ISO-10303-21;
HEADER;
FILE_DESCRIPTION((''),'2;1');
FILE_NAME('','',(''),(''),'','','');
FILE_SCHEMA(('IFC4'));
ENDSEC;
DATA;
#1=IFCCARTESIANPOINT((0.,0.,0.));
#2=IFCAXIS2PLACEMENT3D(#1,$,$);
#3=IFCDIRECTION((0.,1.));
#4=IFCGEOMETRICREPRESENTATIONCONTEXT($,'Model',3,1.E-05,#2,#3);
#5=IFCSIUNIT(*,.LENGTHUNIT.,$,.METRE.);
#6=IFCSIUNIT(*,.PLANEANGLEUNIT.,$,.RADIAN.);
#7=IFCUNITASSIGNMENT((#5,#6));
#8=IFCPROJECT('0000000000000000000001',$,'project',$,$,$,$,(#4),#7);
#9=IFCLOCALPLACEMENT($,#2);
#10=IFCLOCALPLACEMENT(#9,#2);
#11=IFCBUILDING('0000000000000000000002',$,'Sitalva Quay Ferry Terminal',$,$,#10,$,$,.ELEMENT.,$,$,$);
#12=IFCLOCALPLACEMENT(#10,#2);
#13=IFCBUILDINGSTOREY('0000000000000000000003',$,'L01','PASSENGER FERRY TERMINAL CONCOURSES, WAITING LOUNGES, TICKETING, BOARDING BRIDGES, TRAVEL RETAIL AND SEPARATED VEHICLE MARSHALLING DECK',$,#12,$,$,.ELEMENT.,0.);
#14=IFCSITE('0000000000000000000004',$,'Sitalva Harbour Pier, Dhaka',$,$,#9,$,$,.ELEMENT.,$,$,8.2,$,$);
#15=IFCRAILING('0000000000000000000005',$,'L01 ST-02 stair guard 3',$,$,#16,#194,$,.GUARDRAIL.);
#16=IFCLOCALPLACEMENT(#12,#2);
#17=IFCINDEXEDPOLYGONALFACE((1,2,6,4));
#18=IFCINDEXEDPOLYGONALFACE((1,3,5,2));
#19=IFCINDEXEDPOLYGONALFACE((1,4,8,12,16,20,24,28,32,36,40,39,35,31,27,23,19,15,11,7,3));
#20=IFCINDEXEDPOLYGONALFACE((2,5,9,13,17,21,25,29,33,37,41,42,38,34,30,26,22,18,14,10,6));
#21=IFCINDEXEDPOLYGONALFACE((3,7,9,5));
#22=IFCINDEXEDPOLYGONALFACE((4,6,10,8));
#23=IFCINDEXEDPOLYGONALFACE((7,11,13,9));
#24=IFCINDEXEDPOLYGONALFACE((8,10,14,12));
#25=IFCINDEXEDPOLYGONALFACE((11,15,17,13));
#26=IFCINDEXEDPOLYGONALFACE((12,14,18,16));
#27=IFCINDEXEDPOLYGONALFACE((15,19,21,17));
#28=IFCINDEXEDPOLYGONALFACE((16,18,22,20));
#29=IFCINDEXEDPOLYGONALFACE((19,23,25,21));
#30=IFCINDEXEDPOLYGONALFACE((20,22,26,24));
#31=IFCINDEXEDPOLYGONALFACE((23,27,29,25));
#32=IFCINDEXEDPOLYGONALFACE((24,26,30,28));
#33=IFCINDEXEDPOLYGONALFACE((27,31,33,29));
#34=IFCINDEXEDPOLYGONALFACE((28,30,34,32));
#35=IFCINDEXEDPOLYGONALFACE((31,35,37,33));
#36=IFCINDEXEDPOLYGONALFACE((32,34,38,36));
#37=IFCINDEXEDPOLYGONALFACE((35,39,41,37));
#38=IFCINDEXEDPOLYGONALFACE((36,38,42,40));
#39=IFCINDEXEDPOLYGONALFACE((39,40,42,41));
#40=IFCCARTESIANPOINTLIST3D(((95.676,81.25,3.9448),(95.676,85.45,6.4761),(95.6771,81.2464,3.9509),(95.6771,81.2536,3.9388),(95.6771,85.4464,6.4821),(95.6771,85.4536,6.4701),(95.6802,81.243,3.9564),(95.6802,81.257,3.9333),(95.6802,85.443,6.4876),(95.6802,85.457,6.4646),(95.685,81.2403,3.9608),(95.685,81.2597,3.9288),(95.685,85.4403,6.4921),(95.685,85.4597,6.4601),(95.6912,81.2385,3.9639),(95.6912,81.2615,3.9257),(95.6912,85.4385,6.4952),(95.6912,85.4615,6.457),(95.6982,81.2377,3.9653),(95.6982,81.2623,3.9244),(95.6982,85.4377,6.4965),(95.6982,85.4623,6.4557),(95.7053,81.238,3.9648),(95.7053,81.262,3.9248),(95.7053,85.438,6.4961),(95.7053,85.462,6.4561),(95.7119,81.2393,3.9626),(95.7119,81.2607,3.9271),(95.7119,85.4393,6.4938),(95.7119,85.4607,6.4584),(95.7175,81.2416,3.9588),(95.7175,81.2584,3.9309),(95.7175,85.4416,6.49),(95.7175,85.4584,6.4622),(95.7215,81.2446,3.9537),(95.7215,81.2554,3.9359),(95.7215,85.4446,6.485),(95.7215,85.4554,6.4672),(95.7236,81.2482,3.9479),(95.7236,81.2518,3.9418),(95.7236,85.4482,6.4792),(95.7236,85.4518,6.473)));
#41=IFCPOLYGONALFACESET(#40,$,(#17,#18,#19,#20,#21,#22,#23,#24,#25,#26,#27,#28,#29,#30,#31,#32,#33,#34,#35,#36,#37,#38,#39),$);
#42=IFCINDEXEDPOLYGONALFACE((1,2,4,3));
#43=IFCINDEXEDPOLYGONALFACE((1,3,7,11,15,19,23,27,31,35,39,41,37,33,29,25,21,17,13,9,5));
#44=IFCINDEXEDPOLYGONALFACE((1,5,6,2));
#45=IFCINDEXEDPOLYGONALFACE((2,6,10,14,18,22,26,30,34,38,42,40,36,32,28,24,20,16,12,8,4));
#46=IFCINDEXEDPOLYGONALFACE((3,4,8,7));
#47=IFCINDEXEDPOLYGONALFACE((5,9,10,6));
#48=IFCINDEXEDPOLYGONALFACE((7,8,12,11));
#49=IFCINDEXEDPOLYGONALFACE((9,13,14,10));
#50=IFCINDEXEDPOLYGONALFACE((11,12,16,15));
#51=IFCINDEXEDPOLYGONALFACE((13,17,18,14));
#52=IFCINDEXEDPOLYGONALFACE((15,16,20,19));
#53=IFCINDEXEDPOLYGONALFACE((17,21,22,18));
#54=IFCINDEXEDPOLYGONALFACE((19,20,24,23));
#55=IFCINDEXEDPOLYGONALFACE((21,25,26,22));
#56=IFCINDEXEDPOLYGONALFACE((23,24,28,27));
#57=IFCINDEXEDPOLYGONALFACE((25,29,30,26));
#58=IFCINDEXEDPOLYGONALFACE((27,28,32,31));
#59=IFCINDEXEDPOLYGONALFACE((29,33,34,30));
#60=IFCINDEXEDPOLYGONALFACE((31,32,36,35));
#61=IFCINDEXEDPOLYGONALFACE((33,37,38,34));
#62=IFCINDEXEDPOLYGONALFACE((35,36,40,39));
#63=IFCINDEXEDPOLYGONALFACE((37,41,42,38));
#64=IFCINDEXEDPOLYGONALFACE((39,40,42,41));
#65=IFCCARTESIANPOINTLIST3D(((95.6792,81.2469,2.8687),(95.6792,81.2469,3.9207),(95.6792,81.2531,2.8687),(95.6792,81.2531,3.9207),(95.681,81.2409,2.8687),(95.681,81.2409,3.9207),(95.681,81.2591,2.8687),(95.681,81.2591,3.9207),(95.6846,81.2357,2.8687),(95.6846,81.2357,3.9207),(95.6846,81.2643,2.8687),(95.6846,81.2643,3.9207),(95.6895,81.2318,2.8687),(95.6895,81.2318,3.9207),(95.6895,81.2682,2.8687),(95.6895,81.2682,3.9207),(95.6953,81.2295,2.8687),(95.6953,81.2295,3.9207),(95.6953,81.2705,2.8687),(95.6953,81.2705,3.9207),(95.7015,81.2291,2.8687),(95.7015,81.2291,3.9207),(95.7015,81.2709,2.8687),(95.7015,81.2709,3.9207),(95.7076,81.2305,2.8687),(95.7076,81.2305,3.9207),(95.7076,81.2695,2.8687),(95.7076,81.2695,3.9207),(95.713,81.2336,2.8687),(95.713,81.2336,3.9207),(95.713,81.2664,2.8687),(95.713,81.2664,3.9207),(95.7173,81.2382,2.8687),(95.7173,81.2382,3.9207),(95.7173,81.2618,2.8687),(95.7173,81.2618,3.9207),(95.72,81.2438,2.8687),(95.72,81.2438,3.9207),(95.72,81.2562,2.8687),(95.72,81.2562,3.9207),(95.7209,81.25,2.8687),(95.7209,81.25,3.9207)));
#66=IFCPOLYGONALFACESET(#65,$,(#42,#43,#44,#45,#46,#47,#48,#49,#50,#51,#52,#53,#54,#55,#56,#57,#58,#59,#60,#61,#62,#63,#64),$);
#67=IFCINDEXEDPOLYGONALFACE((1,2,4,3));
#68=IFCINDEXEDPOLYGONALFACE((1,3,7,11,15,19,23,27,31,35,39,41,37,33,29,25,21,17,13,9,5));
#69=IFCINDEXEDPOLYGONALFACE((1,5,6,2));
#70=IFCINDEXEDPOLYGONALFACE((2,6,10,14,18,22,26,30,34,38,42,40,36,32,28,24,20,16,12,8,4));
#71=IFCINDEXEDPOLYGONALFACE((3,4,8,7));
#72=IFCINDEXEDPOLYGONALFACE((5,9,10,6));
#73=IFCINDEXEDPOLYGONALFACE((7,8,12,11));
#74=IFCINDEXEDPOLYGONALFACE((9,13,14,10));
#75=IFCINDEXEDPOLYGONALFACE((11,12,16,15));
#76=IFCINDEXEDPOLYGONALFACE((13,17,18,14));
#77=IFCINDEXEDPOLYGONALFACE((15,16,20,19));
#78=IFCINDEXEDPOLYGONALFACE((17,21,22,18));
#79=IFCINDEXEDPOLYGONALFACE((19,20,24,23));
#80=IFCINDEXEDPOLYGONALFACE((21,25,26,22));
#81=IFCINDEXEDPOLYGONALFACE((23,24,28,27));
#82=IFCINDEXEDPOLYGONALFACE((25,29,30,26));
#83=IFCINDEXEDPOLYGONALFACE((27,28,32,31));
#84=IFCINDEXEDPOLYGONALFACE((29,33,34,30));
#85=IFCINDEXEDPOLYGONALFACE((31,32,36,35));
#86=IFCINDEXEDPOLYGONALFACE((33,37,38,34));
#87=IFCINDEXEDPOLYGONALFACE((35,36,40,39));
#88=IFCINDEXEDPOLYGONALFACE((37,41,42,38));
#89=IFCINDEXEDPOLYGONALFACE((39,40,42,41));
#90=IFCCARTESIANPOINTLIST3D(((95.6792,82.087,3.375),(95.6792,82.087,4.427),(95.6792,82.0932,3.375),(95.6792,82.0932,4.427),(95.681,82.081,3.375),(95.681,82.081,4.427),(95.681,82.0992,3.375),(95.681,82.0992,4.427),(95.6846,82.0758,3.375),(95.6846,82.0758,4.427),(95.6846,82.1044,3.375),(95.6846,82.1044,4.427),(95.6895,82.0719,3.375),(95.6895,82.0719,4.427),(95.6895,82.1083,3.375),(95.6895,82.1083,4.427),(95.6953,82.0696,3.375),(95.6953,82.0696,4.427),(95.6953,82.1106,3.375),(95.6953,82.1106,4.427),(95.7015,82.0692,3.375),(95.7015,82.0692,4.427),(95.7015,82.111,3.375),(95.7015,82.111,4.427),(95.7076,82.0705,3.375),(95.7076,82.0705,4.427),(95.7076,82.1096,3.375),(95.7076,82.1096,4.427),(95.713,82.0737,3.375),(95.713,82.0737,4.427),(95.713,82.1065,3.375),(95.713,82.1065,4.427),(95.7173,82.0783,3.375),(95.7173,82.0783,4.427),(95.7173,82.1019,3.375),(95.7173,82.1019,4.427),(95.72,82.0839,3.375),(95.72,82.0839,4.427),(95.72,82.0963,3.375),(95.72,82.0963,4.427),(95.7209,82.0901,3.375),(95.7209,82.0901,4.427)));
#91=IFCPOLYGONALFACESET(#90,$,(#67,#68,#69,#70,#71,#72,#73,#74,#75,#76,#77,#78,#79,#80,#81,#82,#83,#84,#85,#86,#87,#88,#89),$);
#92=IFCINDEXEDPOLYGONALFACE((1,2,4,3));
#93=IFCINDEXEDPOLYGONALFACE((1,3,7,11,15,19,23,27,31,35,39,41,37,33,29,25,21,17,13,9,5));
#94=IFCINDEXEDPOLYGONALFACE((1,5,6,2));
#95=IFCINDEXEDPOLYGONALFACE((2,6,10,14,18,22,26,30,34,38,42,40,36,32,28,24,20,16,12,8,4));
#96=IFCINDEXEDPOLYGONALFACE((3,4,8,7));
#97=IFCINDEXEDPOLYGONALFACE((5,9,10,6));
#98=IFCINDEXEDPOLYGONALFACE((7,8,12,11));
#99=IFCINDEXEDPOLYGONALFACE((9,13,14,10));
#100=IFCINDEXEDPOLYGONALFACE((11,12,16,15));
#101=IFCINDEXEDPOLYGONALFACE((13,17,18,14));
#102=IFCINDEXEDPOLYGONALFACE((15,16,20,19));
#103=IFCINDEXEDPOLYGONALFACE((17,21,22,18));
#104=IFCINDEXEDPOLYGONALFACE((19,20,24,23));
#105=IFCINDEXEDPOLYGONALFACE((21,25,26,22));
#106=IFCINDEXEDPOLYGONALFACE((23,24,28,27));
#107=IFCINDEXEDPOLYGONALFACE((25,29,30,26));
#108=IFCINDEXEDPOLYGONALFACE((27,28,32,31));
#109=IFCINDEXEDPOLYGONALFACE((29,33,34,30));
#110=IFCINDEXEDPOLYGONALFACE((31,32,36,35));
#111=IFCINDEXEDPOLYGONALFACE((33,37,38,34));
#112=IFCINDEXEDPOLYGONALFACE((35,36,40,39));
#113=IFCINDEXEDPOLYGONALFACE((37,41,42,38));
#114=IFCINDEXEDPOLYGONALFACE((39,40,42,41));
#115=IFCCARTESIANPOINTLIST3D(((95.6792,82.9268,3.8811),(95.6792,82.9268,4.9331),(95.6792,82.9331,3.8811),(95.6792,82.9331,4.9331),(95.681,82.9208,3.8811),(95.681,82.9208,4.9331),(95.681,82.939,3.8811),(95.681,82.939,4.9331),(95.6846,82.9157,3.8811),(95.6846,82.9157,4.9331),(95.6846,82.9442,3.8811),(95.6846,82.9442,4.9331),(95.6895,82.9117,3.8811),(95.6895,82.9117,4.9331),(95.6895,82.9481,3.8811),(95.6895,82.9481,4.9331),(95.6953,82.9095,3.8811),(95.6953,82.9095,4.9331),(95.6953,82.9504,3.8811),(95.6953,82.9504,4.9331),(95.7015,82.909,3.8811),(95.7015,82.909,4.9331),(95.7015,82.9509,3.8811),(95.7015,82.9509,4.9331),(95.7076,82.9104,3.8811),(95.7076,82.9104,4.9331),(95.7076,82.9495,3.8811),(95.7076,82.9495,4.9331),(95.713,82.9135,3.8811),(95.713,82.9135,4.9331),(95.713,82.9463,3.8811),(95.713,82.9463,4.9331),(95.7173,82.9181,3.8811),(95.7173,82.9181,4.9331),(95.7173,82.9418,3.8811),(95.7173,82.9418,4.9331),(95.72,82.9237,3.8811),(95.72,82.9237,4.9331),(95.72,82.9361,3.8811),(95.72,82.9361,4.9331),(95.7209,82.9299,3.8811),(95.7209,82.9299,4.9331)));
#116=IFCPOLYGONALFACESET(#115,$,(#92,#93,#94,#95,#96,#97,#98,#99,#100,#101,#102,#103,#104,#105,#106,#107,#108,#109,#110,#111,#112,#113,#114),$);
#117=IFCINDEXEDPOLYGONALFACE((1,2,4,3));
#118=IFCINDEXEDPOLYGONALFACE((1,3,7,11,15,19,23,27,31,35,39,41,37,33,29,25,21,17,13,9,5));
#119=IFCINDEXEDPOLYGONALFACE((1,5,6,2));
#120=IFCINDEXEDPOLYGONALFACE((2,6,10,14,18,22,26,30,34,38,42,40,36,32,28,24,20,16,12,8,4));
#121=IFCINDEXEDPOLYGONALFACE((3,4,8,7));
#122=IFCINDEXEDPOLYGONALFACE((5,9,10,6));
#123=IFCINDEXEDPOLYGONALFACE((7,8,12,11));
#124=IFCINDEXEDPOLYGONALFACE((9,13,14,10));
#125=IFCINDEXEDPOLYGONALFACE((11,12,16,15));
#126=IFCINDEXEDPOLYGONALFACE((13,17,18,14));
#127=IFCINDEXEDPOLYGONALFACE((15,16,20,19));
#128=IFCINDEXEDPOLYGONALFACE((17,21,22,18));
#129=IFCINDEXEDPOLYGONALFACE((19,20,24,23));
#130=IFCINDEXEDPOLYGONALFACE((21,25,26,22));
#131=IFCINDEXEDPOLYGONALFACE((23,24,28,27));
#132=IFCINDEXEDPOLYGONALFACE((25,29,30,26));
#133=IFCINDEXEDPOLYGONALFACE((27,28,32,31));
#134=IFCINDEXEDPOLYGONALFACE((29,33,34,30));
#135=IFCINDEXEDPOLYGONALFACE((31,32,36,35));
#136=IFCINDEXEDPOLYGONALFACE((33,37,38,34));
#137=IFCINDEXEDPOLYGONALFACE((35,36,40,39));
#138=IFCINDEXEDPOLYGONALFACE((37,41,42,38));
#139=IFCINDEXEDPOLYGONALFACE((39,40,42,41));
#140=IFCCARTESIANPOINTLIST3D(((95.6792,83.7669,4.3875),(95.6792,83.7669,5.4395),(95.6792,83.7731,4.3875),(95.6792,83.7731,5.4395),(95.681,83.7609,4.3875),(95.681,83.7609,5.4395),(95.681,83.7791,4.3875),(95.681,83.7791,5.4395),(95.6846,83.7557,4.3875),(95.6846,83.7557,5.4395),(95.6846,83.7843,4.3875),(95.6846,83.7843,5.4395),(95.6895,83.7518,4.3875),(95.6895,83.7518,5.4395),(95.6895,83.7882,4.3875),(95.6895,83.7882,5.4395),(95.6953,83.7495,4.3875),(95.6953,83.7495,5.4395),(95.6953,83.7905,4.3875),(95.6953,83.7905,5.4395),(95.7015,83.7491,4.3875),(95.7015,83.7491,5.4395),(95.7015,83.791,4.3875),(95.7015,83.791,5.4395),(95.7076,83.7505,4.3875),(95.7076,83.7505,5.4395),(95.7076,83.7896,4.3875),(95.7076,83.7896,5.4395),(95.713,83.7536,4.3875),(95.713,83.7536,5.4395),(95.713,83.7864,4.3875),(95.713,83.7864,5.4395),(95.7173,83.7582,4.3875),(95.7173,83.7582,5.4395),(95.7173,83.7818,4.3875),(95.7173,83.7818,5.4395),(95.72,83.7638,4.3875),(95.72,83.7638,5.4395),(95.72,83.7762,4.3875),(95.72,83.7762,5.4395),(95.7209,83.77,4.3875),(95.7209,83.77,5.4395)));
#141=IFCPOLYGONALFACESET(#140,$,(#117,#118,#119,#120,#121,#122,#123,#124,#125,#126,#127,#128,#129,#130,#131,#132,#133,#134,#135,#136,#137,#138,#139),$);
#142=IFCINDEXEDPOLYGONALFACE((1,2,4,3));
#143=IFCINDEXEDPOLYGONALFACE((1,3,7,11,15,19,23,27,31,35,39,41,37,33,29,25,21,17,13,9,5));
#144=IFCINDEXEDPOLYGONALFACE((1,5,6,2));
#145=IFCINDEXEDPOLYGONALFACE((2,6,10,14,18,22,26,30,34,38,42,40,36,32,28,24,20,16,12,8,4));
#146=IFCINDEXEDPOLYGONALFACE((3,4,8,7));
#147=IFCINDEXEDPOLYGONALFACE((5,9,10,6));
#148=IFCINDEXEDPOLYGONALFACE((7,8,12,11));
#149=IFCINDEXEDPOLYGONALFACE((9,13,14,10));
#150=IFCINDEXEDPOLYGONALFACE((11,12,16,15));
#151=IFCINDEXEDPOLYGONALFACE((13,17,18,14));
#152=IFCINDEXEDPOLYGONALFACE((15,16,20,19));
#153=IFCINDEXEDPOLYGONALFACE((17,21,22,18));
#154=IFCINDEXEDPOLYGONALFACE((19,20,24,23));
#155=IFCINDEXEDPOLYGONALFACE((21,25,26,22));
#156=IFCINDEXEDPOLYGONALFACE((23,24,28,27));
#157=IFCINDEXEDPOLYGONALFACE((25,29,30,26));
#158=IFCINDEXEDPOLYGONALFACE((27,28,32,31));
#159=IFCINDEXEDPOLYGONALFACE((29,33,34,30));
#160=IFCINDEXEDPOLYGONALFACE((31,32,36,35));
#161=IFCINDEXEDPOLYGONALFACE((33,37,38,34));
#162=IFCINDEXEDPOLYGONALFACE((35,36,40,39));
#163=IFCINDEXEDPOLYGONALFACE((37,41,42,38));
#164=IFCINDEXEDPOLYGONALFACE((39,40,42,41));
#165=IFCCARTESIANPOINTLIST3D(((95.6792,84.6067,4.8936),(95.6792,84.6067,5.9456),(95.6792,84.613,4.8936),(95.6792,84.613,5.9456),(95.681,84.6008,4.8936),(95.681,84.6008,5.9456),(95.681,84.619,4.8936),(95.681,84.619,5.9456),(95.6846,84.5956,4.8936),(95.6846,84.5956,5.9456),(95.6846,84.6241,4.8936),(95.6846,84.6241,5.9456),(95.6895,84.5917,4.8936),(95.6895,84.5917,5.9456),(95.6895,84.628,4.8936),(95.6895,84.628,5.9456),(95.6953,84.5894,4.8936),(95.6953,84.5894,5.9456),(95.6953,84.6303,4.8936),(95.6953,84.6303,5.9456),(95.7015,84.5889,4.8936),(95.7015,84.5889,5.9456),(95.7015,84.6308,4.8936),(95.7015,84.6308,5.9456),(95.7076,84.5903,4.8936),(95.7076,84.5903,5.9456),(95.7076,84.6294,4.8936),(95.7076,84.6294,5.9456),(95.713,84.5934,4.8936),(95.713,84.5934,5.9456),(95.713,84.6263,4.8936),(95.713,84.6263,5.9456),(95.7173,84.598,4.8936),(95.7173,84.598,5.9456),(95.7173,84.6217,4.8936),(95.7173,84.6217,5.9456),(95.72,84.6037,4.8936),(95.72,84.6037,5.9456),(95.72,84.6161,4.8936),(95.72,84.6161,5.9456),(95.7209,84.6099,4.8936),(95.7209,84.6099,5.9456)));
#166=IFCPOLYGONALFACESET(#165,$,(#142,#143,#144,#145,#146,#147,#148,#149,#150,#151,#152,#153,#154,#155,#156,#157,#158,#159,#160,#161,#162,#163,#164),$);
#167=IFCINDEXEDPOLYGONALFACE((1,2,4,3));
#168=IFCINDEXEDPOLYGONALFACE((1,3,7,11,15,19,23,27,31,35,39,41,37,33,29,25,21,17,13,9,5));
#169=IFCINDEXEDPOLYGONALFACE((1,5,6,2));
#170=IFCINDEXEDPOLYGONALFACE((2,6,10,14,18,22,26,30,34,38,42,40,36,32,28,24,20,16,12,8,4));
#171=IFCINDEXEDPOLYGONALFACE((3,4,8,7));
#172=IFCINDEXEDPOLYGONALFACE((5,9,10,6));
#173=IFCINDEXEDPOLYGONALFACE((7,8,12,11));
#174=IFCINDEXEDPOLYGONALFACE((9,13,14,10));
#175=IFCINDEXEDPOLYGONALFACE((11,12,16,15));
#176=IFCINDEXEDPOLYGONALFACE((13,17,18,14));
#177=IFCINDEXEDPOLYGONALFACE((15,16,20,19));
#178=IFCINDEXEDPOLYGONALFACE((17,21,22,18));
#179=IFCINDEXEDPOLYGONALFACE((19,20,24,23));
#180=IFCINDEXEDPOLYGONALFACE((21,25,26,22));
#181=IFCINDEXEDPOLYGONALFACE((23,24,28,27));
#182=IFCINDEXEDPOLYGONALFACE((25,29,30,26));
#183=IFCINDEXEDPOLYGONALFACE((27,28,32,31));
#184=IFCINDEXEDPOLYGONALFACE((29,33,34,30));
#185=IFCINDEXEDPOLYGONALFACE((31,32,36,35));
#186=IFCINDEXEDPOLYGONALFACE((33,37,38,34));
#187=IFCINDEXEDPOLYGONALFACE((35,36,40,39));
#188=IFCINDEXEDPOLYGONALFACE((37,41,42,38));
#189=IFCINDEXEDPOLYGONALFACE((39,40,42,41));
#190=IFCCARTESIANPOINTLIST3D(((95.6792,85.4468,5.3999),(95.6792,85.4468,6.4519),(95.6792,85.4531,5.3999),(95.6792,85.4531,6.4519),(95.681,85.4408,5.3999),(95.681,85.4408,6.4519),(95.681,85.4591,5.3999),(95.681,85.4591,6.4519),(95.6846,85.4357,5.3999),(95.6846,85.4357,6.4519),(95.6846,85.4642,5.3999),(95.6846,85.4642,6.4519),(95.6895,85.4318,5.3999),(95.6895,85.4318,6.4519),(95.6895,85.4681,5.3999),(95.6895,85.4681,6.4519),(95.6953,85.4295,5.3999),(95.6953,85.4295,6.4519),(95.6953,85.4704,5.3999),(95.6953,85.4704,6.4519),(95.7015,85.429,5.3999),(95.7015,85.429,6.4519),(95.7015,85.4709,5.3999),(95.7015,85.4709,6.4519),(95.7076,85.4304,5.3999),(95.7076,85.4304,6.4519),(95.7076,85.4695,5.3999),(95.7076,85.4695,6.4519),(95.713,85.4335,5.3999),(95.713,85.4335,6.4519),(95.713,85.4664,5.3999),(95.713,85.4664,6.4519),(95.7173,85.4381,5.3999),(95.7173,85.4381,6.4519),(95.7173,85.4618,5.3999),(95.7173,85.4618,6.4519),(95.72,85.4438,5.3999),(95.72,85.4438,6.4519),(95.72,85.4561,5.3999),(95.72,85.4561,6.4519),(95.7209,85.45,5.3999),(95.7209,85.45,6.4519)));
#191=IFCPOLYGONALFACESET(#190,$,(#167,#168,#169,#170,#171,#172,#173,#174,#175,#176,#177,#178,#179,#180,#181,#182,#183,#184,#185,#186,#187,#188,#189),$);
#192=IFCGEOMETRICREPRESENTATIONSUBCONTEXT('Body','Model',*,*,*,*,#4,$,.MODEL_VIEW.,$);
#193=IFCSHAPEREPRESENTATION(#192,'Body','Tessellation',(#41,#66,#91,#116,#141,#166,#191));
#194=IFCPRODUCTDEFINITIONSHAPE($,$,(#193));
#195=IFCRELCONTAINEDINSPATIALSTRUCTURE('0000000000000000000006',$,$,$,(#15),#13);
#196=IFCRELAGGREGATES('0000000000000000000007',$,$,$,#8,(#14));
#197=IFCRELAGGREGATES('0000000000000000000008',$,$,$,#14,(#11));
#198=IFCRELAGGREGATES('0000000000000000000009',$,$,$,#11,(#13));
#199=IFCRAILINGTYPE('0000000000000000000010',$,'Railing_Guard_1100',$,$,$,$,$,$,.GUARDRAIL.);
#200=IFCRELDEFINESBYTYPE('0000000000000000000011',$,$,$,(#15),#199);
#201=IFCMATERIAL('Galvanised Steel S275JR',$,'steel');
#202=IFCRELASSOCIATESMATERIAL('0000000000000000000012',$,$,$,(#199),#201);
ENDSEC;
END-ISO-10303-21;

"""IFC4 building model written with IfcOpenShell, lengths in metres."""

from ifc_helpers import new_model, si_unit, direction, frame, origin, origin_2d, place, context, subcontext, project, spatial, circle, extrude, material, type_object, element, save


model = new_model("IFC4")

# Units and contexts
model_context = context("Model", 3, precision=1e-05, world=origin(), true_north=direction((0.0, 1.0)))
body_context = subcontext(model_context, "Body", "Model", "MODEL_VIEW")
ifc_project = project(units=[si_unit("LENGTHUNIT", "METRE"), si_unit("PLANEANGLEUNIT", "RADIAN")], contexts=[model_context])

# Site, building, storey
site_placement = place(None, origin())
site = spatial("IfcSite", under=ifc_project, at=site_placement, Name="Sitalva Harbour Pier, Dhaka", CompositionType="ELEMENT", RefElevation=8.2)
building_placement = place(site_placement, origin())
building = spatial("IfcBuilding", under=site, at=building_placement, Name="Sitalva Quay Ferry Terminal", CompositionType="ELEMENT")
storey_placement = place(building_placement, origin())
storey = spatial("IfcBuildingStorey", under=building, at=storey_placement, Name="L01", Description="PASSENGER FERRY TERMINAL CONCOURSES, WAITING LOUNGES, TICKETING, BOARDING BRIDGES, TRAVEL RETAIL AND SEPARATED VEHICLE MARSHALLING DECK", CompositionType="ELEMENT", Elevation=0.0)

# Railing
ifc_material_1 = material(Name="Galvanised Steel S275JR", Category="steel")
railing_type_1 = type_object("IfcRailingType", Name="Railing_Guard_1100", PredefinedType="GUARDRAIL", material=ifc_material_1)
railing_1_placement = place(storey_placement, frame((95.7, 81.25, 2.8687)))
element("IfcRailing", 1, at=railing_1_placement, inside=storey, type_object=railing_type_1, Name="L01 ST-02 stair guard 3", PredefinedType="GUARDRAIL", context=body_context, shape_type="SweptSolid", body=[
    extrude(circle(Radius=0.0239, at=origin_2d()), frame((0.0, 0.0, 1.0762), z_axis=(0.0, 0.856476, 0.516186), x_axis=(-1.0, 0.0, 0.0)), (0.0, 0.0, 1.0), 4.9038),
    extrude(circle(Radius=0.021, at=origin_2d()), origin(), (0.0, 0.0, 1.0), 1.052),
    extrude(circle(Radius=0.021, at=origin_2d()), frame((0.0, 0.8401, 0.5063)), (0.0, 0.0, 1.0), 1.052),
    extrude(circle(Radius=0.021, at=origin_2d()), frame((0.0, 1.6799, 1.0125)), (0.0, 0.0, 1.0), 1.052),
    extrude(circle(Radius=0.021, at=origin_2d()), frame((0.0, 2.52, 1.5188)), (0.0, 0.0, 1.0), 1.052),
    extrude(circle(Radius=0.021, at=origin_2d()), frame((0.0, 3.3599, 2.0249)), (0.0, 0.0, 1.0), 1.052),
    extrude(circle(Radius=0.021, at=origin_2d()), frame((0.0, 4.2, 2.5312)), (0.0, 0.0, 1.0), 1.052),
])

save(model, "model.ifc")
